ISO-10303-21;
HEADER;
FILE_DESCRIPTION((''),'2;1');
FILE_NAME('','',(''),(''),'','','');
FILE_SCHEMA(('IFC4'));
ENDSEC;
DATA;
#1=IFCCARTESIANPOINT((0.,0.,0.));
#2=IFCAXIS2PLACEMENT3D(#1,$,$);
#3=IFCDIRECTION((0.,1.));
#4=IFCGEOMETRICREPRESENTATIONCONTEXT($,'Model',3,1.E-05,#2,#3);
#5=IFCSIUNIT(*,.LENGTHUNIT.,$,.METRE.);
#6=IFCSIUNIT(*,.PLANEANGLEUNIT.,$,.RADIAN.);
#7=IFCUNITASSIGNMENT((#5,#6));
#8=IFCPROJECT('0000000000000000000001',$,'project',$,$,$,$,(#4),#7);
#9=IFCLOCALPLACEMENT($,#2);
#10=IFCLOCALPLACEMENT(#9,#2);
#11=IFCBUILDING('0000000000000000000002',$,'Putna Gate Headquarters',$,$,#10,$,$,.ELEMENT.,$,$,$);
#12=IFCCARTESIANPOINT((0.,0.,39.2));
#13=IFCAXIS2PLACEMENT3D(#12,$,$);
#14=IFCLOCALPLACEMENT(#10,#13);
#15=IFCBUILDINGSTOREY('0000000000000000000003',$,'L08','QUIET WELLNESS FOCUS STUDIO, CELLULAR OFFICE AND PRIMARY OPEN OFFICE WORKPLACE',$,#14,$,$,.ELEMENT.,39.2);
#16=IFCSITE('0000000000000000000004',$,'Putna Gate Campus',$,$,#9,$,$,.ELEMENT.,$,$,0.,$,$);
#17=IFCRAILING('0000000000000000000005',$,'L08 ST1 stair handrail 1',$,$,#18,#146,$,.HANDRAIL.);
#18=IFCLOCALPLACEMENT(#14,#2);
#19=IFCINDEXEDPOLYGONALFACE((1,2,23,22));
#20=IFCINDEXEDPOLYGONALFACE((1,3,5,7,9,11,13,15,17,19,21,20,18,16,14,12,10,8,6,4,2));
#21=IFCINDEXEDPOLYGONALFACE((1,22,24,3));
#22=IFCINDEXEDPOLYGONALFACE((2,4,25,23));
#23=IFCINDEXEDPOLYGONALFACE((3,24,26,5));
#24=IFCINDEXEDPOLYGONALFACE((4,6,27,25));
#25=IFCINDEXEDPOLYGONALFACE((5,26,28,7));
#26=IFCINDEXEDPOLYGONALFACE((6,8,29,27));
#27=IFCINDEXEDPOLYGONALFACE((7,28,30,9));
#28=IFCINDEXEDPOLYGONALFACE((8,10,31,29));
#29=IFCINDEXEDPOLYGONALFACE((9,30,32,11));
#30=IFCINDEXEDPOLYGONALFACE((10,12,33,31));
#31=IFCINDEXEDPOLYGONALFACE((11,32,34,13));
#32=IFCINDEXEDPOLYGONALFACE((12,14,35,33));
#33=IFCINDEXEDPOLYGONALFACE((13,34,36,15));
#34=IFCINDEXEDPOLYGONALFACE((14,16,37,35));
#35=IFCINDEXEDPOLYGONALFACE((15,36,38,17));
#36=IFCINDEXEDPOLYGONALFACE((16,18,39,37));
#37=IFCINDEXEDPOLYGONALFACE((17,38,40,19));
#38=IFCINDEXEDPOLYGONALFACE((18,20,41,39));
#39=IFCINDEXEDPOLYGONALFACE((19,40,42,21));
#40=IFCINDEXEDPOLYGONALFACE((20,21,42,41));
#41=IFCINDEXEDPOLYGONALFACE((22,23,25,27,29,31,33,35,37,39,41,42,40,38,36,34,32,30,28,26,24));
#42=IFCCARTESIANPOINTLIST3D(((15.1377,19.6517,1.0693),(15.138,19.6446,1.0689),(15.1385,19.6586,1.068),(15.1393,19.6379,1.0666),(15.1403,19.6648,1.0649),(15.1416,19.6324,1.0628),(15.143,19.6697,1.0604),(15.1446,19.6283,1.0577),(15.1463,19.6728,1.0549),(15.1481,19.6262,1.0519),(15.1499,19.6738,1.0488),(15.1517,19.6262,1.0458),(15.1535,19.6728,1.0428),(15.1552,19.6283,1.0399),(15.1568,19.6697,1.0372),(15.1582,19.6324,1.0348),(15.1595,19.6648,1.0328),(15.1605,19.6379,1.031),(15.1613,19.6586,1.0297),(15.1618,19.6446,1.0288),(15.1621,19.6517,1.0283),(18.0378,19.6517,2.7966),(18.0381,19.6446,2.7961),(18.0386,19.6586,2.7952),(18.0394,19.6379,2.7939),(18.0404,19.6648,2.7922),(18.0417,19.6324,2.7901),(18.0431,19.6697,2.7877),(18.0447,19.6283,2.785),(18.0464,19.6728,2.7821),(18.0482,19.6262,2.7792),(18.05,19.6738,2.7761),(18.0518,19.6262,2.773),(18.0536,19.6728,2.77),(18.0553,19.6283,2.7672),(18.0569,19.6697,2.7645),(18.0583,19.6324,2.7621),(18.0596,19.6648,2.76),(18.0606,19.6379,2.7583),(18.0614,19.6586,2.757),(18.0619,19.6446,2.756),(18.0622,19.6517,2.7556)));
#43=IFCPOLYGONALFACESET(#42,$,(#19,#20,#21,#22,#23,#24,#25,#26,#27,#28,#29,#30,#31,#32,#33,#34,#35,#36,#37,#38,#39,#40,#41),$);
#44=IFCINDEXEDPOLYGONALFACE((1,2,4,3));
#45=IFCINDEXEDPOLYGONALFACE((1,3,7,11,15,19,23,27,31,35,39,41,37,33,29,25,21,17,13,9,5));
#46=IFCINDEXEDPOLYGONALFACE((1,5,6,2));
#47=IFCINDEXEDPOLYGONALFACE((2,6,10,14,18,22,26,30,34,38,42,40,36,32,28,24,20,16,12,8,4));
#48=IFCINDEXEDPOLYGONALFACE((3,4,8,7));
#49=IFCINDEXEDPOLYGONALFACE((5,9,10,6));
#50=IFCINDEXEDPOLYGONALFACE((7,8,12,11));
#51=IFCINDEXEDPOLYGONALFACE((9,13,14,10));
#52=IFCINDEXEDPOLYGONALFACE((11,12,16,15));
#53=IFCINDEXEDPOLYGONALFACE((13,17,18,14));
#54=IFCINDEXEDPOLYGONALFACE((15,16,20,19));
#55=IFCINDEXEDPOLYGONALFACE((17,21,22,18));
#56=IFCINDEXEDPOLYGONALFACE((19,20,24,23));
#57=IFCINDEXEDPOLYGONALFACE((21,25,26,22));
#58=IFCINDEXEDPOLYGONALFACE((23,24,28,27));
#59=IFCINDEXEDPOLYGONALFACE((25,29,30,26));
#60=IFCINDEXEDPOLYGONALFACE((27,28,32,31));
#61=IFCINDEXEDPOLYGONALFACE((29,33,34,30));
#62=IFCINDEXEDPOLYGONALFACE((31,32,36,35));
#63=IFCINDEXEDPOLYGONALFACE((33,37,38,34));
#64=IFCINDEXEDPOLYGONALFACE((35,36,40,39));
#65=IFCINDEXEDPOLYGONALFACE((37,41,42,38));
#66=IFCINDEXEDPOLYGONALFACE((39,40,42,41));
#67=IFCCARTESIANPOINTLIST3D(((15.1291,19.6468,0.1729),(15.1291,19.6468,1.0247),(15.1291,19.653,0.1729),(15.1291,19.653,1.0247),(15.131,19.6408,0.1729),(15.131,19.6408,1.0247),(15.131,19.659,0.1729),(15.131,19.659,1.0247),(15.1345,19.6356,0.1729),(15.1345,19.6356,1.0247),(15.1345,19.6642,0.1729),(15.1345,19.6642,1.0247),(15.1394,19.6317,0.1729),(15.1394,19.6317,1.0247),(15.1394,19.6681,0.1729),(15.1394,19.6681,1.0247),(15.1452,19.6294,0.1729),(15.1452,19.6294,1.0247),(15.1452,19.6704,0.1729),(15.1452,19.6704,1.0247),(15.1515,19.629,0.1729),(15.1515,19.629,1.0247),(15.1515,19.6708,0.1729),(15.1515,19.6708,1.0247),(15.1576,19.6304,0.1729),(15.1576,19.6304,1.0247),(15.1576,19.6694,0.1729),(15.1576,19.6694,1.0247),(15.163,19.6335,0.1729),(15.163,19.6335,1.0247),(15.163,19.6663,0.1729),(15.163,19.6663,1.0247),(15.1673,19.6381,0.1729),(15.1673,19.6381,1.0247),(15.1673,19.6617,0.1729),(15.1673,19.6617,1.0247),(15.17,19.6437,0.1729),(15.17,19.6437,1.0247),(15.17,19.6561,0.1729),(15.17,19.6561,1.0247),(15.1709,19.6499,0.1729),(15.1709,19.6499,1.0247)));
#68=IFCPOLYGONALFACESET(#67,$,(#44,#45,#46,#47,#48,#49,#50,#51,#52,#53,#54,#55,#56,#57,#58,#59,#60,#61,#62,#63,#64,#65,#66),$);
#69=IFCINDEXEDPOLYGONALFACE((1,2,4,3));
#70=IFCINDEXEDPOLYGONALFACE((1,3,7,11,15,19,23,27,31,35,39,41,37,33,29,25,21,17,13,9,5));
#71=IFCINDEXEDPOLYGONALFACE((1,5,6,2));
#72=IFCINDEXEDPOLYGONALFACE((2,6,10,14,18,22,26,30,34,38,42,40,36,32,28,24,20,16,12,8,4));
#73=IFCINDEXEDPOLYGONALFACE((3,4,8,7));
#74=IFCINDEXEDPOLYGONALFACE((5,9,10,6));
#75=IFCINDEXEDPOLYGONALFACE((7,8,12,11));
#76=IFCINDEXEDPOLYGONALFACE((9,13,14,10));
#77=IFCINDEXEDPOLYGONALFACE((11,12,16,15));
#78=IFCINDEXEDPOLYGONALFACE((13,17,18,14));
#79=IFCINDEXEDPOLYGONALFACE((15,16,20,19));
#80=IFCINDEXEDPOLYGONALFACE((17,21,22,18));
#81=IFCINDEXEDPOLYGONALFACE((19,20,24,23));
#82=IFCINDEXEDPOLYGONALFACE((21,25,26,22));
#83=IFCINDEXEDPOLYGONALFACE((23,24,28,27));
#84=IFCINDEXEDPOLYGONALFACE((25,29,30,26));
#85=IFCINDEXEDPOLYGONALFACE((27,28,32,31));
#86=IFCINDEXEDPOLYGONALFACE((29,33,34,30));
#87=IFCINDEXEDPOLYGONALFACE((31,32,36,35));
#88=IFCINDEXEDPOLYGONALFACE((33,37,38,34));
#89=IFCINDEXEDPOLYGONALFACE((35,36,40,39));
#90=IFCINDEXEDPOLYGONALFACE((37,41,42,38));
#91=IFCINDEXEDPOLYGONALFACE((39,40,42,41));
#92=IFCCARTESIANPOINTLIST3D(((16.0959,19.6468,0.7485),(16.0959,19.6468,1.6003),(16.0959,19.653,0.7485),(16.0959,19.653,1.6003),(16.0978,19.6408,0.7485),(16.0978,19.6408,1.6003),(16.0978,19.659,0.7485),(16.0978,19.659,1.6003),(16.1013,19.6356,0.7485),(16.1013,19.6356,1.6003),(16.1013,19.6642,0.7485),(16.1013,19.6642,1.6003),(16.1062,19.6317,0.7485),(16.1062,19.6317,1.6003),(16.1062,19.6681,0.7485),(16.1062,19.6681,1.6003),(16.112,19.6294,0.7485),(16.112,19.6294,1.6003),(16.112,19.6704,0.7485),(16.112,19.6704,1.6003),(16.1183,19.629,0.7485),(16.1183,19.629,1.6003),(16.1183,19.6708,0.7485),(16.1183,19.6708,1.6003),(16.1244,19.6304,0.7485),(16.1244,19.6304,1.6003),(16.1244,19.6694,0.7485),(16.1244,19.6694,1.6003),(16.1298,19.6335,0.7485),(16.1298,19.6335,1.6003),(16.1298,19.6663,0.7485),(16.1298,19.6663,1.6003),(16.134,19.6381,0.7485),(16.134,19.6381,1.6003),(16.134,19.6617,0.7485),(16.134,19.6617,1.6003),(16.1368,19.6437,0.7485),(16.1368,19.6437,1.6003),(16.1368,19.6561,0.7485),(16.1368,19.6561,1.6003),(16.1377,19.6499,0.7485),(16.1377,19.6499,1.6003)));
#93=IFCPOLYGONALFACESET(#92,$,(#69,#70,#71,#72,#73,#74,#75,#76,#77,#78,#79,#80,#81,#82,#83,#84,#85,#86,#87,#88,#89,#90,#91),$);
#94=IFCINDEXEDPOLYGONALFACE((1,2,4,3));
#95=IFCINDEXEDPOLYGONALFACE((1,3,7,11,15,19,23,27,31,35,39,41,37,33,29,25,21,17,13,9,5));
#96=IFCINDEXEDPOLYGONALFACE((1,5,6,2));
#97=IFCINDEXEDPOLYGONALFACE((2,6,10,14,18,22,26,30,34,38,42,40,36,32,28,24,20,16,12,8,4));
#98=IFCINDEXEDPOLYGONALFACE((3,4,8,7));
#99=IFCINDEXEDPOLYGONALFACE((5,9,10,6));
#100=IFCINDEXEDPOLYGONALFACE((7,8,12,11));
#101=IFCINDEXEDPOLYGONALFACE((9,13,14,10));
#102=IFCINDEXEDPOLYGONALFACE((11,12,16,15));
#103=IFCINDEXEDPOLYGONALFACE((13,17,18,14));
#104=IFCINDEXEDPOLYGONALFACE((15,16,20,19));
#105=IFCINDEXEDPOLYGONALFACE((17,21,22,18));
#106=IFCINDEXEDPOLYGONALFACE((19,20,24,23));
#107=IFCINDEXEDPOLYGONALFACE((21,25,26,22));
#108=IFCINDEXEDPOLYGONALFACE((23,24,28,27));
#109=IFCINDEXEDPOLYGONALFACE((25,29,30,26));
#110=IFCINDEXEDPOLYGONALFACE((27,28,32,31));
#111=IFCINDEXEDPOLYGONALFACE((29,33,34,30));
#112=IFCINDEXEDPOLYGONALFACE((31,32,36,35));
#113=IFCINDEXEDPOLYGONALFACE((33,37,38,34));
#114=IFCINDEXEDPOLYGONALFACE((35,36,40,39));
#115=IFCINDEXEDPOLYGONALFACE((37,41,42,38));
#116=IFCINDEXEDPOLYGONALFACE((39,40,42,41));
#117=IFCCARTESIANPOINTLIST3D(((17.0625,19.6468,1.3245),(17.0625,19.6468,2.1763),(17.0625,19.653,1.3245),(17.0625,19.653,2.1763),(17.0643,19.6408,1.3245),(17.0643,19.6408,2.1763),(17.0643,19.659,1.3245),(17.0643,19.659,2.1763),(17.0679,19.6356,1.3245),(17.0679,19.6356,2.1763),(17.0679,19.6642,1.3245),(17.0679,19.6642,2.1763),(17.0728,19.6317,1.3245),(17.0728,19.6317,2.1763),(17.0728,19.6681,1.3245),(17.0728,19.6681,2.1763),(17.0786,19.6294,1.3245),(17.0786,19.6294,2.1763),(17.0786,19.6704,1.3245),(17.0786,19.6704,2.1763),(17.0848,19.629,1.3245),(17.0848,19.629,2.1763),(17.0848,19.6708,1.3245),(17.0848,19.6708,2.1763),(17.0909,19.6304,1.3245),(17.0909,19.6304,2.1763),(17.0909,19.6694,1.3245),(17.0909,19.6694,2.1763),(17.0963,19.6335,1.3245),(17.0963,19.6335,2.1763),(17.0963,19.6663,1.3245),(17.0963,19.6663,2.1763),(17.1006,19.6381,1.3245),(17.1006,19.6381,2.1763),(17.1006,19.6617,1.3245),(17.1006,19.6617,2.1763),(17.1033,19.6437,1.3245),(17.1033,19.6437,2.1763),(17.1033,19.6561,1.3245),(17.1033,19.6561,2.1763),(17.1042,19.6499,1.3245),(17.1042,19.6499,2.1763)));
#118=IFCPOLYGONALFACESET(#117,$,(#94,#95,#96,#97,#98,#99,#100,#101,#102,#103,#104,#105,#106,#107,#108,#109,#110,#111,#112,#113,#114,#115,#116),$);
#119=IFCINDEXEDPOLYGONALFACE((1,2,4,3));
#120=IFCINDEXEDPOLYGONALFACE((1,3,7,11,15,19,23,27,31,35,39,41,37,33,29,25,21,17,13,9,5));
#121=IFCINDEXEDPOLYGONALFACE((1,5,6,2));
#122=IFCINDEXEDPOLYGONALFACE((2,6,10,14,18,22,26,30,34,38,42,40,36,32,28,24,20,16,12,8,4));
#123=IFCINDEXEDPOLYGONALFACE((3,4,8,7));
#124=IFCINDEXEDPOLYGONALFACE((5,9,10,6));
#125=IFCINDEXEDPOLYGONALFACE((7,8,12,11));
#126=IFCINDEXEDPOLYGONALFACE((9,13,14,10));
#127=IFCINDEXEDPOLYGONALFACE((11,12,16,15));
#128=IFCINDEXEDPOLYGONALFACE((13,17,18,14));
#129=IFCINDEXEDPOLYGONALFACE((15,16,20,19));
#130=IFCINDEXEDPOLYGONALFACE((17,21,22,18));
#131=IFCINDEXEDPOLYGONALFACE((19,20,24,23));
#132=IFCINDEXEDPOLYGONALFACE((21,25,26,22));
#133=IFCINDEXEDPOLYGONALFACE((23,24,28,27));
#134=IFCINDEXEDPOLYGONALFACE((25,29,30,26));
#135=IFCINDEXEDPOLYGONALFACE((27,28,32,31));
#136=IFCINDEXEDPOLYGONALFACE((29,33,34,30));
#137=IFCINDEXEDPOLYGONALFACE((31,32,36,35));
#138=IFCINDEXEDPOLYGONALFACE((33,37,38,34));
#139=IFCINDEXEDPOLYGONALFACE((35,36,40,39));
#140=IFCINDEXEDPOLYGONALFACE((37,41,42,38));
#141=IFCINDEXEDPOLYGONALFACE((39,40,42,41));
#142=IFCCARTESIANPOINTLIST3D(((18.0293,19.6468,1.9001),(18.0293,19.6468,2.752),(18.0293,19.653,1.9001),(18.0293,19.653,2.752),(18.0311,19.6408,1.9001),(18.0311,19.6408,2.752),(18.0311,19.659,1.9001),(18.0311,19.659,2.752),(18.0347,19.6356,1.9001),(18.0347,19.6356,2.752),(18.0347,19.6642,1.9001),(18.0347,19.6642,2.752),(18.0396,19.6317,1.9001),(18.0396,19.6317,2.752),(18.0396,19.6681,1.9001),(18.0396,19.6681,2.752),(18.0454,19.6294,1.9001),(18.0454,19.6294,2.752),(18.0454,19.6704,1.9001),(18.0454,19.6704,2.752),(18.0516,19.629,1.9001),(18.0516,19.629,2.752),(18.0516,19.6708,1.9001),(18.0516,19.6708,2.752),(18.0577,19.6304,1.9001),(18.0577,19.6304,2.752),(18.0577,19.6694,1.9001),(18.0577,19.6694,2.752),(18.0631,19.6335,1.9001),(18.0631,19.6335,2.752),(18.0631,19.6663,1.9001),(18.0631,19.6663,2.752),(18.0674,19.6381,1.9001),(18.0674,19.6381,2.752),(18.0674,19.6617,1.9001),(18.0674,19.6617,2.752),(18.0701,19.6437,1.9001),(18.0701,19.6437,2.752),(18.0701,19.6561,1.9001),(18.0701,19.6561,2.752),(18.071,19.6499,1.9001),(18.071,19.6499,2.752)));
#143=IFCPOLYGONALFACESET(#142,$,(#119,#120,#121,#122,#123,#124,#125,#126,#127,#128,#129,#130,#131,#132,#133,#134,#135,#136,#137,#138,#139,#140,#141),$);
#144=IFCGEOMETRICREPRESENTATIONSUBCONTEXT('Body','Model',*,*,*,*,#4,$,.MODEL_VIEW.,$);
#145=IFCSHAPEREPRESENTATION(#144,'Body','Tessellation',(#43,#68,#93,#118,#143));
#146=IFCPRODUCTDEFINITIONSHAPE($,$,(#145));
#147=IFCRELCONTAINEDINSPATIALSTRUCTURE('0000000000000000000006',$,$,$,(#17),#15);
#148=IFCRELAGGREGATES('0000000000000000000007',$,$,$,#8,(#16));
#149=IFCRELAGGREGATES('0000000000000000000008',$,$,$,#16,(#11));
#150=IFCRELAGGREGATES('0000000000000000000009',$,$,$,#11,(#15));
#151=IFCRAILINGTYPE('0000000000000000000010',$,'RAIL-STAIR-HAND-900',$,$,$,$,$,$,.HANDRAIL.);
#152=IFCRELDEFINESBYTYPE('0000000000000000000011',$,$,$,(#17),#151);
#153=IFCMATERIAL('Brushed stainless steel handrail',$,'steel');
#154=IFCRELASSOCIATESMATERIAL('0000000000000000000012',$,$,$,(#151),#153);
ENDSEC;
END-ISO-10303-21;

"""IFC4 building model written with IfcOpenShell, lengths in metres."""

from ifc_helpers import new_model, si_unit, direction, frame, origin, origin_2d, place, context, subcontext, project, spatial, circle, extrude, material, type_object, element, save


model = new_model("IFC4")

# Units and contexts
model_context = context("Model", 3, precision=1e-05, world=origin(), true_north=direction((0.0, 1.0)))
body_context = subcontext(model_context, "Body", "Model", "MODEL_VIEW")
ifc_project = project(units=[si_unit("LENGTHUNIT", "METRE"), si_unit("PLANEANGLEUNIT", "RADIAN")], contexts=[model_context])

# Site, building, storey
site_placement = place(None, origin())
site = spatial("IfcSite", under=ifc_project, at=site_placement, Name="Putna Gate Campus", CompositionType="ELEMENT", RefElevation=0.0)
building_placement = place(site_placement, origin())
building = spatial("IfcBuilding", under=site, at=building_placement, Name="Putna Gate Headquarters", CompositionType="ELEMENT")
storey_placement = place(building_placement, frame((0.0, 0.0, 39.2)))
storey = spatial("IfcBuildingStorey", under=building, at=storey_placement, Name="L08", Description="QUIET WELLNESS FOCUS STUDIO, CELLULAR OFFICE AND PRIMARY OPEN OFFICE WORKPLACE", CompositionType="ELEMENT", Elevation=39.2)

# Railing
ifc_material_1 = material(Name="Brushed stainless steel handrail", Category="steel")
railing_type_1 = type_object("IfcRailingType", Name="RAIL-STAIR-HAND-900", PredefinedType="HANDRAIL", material=ifc_material_1)
railing_1_placement = place(storey_placement, frame((15.1499, 19.6499, 0.1729)))
element("IfcRailing", 1, at=railing_1_placement, inside=storey, type_object=railing_type_1, Name="L08 ST1 stair handrail 1", PredefinedType="HANDRAIL", context=body_context, shape_type="SweptSolid", body=[
    extrude(circle(Radius=0.0239, at=origin_2d()), frame((0.0, 0.0, 0.876), z_axis=(0.85916, 0.0, 0.511706), x_axis=(0.0, 1.0, 0.0)), (0.0, 0.0, 1.0), 3.3755),
    extrude(circle(Radius=0.021, at=origin_2d()), origin(), (0.0, 0.0, 1.0), 0.8518),
    extrude(circle(Radius=0.021, at=origin_2d()), frame((0.9668, 0.0, 0.5757)), (0.0, 0.0, 1.0), 0.8518),
    extrude(circle(Radius=0.021, at=origin_2d()), frame((1.9333, 0.0, 1.1516)), (0.0, 0.0, 1.0), 0.8518),
    extrude(circle(Radius=0.021, at=origin_2d()), frame((2.9001, 0.0, 1.7273)), (0.0, 0.0, 1.0), 0.8518),
])

save(model, "model.ifc")
